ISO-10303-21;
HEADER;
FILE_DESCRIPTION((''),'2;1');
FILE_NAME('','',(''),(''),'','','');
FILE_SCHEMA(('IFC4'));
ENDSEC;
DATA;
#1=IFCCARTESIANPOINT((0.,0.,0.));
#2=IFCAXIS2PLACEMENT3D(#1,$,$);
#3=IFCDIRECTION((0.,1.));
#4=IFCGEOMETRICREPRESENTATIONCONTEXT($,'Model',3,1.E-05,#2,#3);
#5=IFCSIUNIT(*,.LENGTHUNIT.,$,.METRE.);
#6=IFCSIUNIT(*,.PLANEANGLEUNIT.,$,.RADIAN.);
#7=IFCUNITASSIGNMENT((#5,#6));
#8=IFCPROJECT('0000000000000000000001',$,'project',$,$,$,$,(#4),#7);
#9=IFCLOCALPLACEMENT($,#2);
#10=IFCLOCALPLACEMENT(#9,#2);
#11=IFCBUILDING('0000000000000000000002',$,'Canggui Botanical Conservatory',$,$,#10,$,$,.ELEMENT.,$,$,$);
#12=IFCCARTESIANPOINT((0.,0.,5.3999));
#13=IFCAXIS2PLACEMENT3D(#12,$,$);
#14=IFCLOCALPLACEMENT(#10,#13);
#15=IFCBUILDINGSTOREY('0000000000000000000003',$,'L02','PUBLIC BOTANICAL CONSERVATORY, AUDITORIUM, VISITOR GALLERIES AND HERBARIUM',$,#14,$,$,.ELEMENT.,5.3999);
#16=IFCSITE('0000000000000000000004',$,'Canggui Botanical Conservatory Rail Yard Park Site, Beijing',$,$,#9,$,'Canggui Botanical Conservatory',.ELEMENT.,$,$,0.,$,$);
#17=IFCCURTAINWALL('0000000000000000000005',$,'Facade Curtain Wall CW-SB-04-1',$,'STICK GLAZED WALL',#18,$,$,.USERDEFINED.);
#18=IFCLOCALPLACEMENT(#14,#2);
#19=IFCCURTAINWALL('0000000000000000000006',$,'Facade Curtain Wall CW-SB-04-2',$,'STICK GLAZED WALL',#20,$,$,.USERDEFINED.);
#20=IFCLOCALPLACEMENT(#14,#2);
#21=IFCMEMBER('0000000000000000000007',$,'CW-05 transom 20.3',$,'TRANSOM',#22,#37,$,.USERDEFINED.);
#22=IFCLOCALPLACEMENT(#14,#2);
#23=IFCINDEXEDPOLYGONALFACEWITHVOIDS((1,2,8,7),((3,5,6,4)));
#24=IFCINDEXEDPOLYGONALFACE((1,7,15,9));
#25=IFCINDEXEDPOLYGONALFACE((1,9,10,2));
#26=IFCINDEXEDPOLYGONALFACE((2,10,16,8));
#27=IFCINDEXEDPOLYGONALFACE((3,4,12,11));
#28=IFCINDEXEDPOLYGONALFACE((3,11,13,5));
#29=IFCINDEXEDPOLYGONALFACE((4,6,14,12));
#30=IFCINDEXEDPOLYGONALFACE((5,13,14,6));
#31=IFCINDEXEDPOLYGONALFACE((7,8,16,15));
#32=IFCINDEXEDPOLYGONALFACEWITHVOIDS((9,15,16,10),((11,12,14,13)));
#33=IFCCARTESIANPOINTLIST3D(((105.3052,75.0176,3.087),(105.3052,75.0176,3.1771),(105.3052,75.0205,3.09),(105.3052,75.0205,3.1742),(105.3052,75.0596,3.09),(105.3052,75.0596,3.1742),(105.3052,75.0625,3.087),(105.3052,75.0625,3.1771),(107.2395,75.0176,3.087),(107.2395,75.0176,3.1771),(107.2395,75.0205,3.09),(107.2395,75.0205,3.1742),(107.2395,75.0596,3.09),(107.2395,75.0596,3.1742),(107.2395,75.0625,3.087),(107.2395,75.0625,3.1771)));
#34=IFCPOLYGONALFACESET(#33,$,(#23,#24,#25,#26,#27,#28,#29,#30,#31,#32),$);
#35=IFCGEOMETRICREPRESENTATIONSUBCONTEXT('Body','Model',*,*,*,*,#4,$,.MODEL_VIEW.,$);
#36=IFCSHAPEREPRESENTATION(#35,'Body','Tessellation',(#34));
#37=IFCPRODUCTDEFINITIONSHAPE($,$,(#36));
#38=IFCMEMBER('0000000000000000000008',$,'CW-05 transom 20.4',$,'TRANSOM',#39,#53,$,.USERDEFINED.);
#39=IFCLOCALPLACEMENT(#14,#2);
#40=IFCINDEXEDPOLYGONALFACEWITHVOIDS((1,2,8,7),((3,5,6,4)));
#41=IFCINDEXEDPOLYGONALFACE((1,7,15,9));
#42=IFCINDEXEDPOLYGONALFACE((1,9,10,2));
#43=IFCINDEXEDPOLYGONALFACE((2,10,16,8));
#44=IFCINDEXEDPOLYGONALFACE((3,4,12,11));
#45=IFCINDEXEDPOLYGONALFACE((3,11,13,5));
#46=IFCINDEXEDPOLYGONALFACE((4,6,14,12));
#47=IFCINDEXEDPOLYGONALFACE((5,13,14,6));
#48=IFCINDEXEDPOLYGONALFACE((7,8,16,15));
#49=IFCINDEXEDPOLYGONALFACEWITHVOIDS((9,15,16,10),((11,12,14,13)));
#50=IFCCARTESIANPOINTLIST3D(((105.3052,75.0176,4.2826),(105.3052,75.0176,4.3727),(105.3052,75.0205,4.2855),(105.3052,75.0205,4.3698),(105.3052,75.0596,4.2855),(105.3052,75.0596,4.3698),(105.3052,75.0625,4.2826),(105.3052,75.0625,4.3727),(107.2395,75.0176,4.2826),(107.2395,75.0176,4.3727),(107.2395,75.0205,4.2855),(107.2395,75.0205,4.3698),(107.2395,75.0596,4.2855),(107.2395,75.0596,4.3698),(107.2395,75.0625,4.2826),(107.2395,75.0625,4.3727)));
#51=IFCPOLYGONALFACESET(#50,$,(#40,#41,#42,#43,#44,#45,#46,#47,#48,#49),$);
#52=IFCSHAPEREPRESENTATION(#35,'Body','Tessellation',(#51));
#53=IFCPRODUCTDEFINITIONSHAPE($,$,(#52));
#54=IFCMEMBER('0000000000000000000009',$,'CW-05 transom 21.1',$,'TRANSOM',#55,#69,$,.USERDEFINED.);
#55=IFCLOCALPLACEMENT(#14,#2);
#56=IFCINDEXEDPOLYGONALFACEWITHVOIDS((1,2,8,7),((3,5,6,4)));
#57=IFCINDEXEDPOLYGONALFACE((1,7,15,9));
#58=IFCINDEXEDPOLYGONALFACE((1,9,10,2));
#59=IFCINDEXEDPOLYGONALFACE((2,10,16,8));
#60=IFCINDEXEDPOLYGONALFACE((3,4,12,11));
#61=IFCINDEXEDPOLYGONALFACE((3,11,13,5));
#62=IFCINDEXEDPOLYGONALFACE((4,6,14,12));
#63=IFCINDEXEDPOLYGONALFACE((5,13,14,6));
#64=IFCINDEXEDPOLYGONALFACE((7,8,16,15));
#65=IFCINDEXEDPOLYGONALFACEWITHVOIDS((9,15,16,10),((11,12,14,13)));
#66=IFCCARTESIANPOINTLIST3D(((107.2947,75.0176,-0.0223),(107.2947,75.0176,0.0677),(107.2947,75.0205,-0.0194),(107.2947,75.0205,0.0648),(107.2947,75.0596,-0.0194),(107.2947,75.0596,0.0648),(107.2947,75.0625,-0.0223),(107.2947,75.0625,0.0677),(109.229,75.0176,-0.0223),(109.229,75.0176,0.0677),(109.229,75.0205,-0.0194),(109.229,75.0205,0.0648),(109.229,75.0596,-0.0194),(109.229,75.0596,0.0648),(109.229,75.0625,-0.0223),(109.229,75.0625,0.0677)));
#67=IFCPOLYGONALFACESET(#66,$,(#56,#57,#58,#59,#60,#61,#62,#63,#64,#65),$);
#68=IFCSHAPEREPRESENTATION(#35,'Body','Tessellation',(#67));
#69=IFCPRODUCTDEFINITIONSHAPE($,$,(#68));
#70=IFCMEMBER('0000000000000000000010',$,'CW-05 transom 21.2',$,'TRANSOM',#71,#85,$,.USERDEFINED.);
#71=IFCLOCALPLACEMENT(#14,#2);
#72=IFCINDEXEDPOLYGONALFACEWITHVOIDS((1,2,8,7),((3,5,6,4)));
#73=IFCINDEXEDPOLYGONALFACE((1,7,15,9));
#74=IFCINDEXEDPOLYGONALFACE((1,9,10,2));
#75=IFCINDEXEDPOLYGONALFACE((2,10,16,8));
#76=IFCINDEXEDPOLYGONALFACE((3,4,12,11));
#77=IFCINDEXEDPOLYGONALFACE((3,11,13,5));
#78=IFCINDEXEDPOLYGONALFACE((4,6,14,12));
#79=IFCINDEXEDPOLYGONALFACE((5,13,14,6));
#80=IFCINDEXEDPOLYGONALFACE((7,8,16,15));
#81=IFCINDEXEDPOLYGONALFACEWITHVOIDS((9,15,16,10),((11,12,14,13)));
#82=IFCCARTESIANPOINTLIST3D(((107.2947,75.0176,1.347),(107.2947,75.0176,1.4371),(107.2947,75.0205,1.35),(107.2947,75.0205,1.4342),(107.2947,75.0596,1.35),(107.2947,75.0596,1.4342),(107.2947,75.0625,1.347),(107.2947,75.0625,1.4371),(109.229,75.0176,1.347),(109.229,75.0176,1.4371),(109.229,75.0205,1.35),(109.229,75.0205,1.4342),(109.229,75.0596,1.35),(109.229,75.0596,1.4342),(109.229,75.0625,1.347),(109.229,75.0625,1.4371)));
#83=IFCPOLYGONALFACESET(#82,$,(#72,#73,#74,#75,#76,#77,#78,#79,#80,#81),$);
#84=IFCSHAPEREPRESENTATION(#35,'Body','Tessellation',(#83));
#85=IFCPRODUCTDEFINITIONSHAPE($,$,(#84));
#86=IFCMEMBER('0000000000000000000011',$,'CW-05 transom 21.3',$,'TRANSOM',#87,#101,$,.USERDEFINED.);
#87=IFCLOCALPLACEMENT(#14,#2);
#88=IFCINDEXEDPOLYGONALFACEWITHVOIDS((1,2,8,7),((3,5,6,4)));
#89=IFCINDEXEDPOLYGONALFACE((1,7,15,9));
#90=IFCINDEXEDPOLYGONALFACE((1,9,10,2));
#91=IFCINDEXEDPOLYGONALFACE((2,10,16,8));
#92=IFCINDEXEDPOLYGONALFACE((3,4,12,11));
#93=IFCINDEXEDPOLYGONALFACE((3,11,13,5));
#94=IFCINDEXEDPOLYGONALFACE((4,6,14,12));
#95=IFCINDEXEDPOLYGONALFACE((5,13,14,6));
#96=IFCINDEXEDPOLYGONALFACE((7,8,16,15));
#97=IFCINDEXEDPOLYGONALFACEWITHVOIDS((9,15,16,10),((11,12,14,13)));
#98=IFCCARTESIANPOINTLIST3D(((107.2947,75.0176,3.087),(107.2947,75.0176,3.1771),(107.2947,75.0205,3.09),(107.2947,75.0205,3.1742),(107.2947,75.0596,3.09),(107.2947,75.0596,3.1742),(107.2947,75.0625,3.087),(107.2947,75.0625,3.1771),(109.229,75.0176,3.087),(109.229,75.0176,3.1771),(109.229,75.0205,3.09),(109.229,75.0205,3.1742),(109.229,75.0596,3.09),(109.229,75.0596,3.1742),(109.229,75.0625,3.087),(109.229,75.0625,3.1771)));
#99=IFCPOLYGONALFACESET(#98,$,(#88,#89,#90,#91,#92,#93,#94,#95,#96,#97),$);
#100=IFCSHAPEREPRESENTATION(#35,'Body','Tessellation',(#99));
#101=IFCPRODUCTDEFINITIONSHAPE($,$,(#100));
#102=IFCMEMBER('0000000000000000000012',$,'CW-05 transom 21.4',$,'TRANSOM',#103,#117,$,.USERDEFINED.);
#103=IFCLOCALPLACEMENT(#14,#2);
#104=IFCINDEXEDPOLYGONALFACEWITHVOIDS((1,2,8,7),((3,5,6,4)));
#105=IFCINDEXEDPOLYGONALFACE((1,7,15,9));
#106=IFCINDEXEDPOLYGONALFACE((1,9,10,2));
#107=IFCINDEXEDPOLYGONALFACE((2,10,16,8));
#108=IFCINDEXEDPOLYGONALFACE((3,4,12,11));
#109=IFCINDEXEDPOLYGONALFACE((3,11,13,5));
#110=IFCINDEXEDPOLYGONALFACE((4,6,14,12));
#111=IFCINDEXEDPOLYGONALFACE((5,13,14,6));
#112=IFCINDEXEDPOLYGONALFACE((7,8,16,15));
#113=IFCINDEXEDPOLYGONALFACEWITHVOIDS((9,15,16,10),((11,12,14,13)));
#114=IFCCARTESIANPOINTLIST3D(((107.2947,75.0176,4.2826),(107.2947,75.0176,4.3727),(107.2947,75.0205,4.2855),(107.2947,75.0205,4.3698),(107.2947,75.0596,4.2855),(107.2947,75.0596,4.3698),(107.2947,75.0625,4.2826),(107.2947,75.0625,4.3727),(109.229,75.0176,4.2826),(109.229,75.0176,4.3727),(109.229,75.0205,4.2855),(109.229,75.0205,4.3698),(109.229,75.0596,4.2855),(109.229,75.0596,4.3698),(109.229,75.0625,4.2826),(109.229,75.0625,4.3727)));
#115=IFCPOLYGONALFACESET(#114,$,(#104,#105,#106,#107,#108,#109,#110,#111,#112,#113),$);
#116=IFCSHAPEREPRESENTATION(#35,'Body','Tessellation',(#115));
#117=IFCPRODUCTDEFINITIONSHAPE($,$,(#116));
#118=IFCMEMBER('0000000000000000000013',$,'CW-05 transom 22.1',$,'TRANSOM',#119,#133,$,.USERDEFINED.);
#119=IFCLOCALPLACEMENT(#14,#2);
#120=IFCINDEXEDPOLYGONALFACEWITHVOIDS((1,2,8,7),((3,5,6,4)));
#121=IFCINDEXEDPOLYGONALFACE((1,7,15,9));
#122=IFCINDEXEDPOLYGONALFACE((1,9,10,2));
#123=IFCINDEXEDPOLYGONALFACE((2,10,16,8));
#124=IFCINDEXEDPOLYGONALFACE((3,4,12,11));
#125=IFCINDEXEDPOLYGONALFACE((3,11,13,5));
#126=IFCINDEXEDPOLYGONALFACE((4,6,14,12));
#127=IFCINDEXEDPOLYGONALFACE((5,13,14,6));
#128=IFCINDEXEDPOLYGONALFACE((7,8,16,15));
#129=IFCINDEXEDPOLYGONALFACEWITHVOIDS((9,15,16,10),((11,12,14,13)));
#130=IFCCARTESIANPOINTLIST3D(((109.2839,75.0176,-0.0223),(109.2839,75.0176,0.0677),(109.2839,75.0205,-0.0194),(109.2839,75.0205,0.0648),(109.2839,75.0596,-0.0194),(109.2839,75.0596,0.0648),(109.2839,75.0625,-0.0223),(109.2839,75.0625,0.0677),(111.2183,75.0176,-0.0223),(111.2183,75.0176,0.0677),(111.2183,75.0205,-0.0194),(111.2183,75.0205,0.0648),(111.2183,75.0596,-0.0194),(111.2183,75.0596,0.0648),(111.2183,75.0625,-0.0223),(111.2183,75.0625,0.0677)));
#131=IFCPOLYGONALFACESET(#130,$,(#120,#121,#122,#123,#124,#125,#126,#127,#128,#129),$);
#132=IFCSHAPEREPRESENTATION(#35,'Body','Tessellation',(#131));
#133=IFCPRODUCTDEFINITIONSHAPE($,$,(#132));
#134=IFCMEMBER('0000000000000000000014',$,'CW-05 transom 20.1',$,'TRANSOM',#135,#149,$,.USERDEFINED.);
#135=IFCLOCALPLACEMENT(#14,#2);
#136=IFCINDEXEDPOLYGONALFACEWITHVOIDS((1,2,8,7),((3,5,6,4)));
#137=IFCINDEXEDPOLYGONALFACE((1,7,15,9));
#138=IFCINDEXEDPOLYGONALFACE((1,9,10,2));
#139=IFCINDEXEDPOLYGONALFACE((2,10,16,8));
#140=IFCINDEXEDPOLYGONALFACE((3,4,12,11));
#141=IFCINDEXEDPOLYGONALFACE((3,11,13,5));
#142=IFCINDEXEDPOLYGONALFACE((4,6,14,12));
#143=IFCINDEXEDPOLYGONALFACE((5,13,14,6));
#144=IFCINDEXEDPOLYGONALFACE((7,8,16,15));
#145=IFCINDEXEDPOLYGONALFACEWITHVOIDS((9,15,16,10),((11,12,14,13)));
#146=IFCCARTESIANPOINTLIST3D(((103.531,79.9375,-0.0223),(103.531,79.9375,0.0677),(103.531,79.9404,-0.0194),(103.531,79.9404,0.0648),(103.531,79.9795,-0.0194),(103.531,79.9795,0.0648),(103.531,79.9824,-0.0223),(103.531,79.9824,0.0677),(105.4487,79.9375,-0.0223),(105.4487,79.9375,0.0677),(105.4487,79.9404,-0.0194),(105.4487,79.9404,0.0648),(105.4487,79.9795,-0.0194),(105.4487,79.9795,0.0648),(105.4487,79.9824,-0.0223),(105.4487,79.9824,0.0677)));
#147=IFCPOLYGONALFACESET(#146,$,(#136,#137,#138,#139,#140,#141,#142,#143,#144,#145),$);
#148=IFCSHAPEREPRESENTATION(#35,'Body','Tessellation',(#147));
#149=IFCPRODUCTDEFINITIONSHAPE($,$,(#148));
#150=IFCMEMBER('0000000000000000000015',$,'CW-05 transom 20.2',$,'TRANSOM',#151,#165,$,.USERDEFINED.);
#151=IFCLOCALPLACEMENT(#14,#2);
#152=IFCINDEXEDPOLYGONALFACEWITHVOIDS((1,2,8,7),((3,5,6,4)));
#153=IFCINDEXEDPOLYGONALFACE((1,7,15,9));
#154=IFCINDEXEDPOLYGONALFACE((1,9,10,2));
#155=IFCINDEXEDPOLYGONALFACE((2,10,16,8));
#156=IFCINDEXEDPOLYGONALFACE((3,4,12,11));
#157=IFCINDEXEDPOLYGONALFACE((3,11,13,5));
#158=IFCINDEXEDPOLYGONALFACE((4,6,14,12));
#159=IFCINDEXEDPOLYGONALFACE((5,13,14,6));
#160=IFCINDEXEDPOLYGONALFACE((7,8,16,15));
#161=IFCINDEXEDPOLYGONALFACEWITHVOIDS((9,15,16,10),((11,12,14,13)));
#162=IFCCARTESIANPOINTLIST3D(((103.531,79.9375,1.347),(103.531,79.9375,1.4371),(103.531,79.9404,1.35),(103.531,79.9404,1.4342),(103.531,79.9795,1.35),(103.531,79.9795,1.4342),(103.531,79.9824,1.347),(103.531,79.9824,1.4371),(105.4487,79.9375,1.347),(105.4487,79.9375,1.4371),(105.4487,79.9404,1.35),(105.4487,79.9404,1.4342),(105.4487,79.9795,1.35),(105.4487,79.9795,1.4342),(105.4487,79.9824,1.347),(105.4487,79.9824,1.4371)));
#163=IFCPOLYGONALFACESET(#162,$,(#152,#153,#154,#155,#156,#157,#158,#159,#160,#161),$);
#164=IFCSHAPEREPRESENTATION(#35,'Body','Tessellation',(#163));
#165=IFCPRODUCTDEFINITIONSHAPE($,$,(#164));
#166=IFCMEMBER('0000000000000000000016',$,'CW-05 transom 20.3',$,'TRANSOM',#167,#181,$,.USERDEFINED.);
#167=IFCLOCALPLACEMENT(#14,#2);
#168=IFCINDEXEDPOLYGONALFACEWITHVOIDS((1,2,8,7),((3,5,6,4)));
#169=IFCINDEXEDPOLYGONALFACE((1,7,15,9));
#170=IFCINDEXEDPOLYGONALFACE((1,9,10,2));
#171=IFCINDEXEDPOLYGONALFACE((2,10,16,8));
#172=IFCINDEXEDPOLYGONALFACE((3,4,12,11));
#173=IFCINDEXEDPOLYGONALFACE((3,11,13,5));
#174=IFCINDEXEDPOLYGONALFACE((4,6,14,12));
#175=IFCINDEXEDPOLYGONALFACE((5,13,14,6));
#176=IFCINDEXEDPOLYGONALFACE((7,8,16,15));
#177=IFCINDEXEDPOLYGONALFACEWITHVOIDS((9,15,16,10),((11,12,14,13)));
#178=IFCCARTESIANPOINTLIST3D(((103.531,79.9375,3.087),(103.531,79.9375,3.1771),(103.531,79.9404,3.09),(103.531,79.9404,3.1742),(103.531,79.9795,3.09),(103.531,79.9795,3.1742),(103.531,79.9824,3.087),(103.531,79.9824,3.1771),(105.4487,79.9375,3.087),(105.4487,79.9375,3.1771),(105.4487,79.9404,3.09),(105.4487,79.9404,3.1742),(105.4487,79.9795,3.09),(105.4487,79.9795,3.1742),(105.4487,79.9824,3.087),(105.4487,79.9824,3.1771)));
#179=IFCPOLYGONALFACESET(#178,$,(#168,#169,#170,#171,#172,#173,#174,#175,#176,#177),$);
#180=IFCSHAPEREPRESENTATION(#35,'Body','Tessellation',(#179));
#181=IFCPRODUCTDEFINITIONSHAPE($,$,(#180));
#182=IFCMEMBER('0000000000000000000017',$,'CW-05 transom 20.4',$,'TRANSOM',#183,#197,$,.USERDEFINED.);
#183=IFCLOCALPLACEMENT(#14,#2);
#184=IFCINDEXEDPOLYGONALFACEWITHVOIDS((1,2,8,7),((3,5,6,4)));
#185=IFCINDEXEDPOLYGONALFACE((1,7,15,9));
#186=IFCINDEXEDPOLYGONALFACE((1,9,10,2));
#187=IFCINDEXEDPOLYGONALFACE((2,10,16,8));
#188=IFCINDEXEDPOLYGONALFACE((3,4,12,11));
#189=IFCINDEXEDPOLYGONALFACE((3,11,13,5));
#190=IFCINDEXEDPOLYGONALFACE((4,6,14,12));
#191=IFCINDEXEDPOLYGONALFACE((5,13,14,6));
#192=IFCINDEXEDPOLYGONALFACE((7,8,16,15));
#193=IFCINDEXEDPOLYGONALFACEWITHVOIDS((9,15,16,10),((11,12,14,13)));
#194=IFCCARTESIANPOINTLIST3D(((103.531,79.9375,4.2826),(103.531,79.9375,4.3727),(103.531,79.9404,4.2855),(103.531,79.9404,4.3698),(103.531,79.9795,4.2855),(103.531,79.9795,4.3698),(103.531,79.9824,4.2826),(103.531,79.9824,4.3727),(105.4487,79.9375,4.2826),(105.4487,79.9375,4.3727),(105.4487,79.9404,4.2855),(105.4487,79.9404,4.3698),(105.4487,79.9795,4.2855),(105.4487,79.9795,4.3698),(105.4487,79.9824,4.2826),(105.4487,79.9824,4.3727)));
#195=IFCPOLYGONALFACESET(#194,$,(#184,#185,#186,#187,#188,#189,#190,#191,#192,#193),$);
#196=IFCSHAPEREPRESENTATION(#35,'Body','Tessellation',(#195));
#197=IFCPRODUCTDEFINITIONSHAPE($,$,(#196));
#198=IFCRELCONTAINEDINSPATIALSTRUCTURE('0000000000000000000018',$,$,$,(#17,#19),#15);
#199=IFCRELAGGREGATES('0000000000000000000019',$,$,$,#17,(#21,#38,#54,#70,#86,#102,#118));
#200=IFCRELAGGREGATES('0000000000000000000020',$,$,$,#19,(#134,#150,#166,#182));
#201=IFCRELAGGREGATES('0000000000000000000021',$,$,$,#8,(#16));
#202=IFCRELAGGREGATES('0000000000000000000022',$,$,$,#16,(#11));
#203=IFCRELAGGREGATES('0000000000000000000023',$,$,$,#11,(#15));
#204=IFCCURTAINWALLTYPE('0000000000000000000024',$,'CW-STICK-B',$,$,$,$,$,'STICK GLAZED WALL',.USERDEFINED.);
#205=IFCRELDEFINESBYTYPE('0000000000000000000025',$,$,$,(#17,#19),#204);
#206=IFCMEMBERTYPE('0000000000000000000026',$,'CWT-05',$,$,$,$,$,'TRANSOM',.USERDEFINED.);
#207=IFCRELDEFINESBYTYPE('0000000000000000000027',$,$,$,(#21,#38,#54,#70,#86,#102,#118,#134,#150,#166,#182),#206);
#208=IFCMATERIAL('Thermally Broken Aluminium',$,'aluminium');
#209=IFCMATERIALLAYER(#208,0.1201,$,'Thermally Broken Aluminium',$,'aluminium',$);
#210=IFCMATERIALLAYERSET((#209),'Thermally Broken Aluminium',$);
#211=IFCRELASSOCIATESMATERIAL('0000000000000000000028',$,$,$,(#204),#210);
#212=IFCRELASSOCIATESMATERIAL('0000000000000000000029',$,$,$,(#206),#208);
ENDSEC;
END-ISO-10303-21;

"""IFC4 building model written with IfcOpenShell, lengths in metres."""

from ifc_helpers import new_model, si_unit, direction, frame, origin, origin_2d, place, context, subcontext, project, spatial, hollow_rectangle, extrude, material, layer, layer_set, material_profile, profile_set, type_object, element, aggregate, save


model = new_model("IFC4")

# Units and contexts
model_context = context("Model", 3, precision=1e-05, world=origin(), true_north=direction((0.0, 1.0)))
body_context = subcontext(model_context, "Body", "Model", "MODEL_VIEW")
ifc_project = project(units=[si_unit("LENGTHUNIT", "METRE"), si_unit("PLANEANGLEUNIT", "RADIAN")], contexts=[model_context])

# Site, building, storey
site_placement = place(None, origin())
site = spatial("IfcSite", under=ifc_project, at=site_placement, Name="Canggui Botanical Conservatory Rail Yard Park Site, Beijing", LongName="Canggui Botanical Conservatory", CompositionType="ELEMENT", RefElevation=0.0)
building_placement = place(site_placement, origin())
building = spatial("IfcBuilding", under=site, at=building_placement, Name="Canggui Botanical Conservatory", CompositionType="ELEMENT")
storey_placement = place(building_placement, frame((0.0, 0.0, 5.3999)))
storey = spatial("IfcBuildingStorey", under=building, at=storey_placement, Name="L02", Description="PUBLIC BOTANICAL CONSERVATORY, AUDITORIUM, VISITOR GALLERIES AND HERBARIUM", CompositionType="ELEMENT", Elevation=5.3999)

# Curtain wall
ifc_material_1 = material(Name="Thermally Broken Aluminium", Category="aluminium")
ifc_layer_1 = layer(ifc_material_1, 0.1201, Name="Thermally Broken Aluminium", Category="aluminium")
ifc_layer_set_1 = layer_set([ifc_layer_1], Name="Thermally Broken Aluminium")
curtain_wall_type = type_object("IfcCurtainWallType", Name="CW-STICK-B", ElementType="STICK GLAZED WALL", PredefinedType="USERDEFINED", material=ifc_layer_set_1)
curtain_wall_1_placement = place(storey_placement, origin())
curtain_wall_1 = element("IfcCurtainWall", 1, at=curtain_wall_1_placement, inside=storey, type_object=curtain_wall_type, Name="Facade Curtain Wall CW-SB-04-1", ObjectType="STICK GLAZED WALL", PredefinedType="USERDEFINED")

# Curtain wall
curtain_wall_2_placement = place(storey_placement, origin())
curtain_wall_2 = element("IfcCurtainWall", 2, at=curtain_wall_2_placement, inside=storey, type_object=curtain_wall_type, Name="Facade Curtain Wall CW-SB-04-2", ObjectType="STICK GLAZED WALL", PredefinedType="USERDEFINED")

# Members
ifc_material_profile_1 = material_profile(ifc_material_1, hollow_rectangle(XDim=0.0449, YDim=0.0901, WallThickness=0.0029, at=origin_2d()), Name="CWT 45x90x3")
ifc_profile_set_1 = profile_set([ifc_material_profile_1], Name="Thermally Broken Aluminium")
member_type_1 = type_object("IfcMemberType", Name="CWT-05", ElementType="TRANSOM", PredefinedType="USERDEFINED", material=ifc_profile_set_1)
member_1_placement = place(storey_placement, frame((105.3052, 75.04, 3.1321), z_axis=(1.0, 0.0, 0.0), x_axis=(0.0, 1.0, 0.0)))
member_1 = element("IfcMember", 3, at=member_1_placement, type_object=member_type_1, Name="CW-05 transom 20.3", ObjectType="TRANSOM", PredefinedType="USERDEFINED", context=body_context, shape_type="SweptSolid", body=[
    extrude(hollow_rectangle(XDim=0.0449, YDim=0.0901, WallThickness=0.0029, at=origin_2d()), origin(), (0.0, 0.0, 1.0), 1.9343),
])
member_2_placement = place(storey_placement, frame((105.3052, 75.04, 4.3276), z_axis=(1.0, 0.0, 0.0), x_axis=(0.0, 1.0, 0.0)))
member_2 = element("IfcMember", 4, at=member_2_placement, type_object=member_type_1, Name="CW-05 transom 20.4", ObjectType="TRANSOM", PredefinedType="USERDEFINED", context=body_context, shape_type="SweptSolid", body=[
    extrude(hollow_rectangle(XDim=0.0449, YDim=0.0901, WallThickness=0.0029, at=origin_2d()), origin(), (0.0, 0.0, 1.0), 1.9343),
])
member_3_placement = place(storey_placement, frame((107.2947, 75.04, 0.0227), z_axis=(1.0, 0.0, 0.0), x_axis=(0.0, 1.0, 0.0)))
member_3 = element("IfcMember", 5, at=member_3_placement, type_object=member_type_1, Name="CW-05 transom 21.1", ObjectType="TRANSOM", PredefinedType="USERDEFINED", context=body_context, shape_type="SweptSolid", body=[
    extrude(hollow_rectangle(XDim=0.0449, YDim=0.0901, WallThickness=0.0029, at=origin_2d()), origin(), (0.0, 0.0, 1.0), 1.9343),
])
member_4_placement = place(storey_placement, frame((107.2947, 75.04, 1.3921), z_axis=(1.0, 0.0, 0.0), x_axis=(0.0, 1.0, 0.0)))
member_4 = element("IfcMember", 6, at=member_4_placement, type_object=member_type_1, Name="CW-05 transom 21.2", ObjectType="TRANSOM", PredefinedType="USERDEFINED", context=body_context, shape_type="SweptSolid", body=[
    extrude(hollow_rectangle(XDim=0.0449, YDim=0.0901, WallThickness=0.0029, at=origin_2d()), origin(), (0.0, 0.0, 1.0), 1.9343),
])
member_5_placement = place(storey_placement, frame((107.2947, 75.04, 3.1321), z_axis=(1.0, 0.0, 0.0), x_axis=(0.0, 1.0, 0.0)))
member_5 = element("IfcMember", 7, at=member_5_placement, type_object=member_type_1, Name="CW-05 transom 21.3", ObjectType="TRANSOM", PredefinedType="USERDEFINED", context=body_context, shape_type="SweptSolid", body=[
    extrude(hollow_rectangle(XDim=0.0449, YDim=0.0901, WallThickness=0.0029, at=origin_2d()), origin(), (0.0, 0.0, 1.0), 1.9343),
])
member_6_placement = place(storey_placement, frame((107.2947, 75.04, 4.3276), z_axis=(1.0, 0.0, 0.0), x_axis=(0.0, 1.0, 0.0)))
member_6 = element("IfcMember", 8, at=member_6_placement, type_object=member_type_1, Name="CW-05 transom 21.4", ObjectType="TRANSOM", PredefinedType="USERDEFINED", context=body_context, shape_type="SweptSolid", body=[
    extrude(hollow_rectangle(XDim=0.0449, YDim=0.0901, WallThickness=0.0029, at=origin_2d()), origin(), (0.0, 0.0, 1.0), 1.9343),
])
member_7_placement = place(storey_placement, frame((109.2839, 75.04, 0.0227), z_axis=(1.0, 0.0, 0.0), x_axis=(0.0, 1.0, 0.0)))
member_7 = element("IfcMember", 9, at=member_7_placement, type_object=member_type_1, Name="CW-05 transom 22.1", ObjectType="TRANSOM", PredefinedType="USERDEFINED", context=body_context, shape_type="SweptSolid", body=[
    extrude(hollow_rectangle(XDim=0.0449, YDim=0.0901, WallThickness=0.0029, at=origin_2d()), origin(), (0.0, 0.0, 1.0), 1.9343),
])
member_8_placement = place(storey_placement, frame((103.531, 79.96, 0.0227), z_axis=(1.0, 0.0, 0.0), x_axis=(0.0, 1.0, 0.0)))
member_8 = element("IfcMember", 10, at=member_8_placement, type_object=member_type_1, Name="CW-05 transom 20.1", ObjectType="TRANSOM", PredefinedType="USERDEFINED", context=body_context, shape_type="SweptSolid", body=[
    extrude(hollow_rectangle(XDim=0.0449, YDim=0.0901, WallThickness=0.0029, at=origin_2d()), origin(), (0.0, 0.0, 1.0), 1.9177),
])
member_9_placement = place(storey_placement, frame((103.531, 79.96, 1.3921), z_axis=(1.0, 0.0, 0.0), x_axis=(0.0, 1.0, 0.0)))
member_9 = element("IfcMember", 11, at=member_9_placement, type_object=member_type_1, Name="CW-05 transom 20.2", ObjectType="TRANSOM", PredefinedType="USERDEFINED", context=body_context, shape_type="SweptSolid", body=[
    extrude(hollow_rectangle(XDim=0.0449, YDim=0.0901, WallThickness=0.0029, at=origin_2d()), origin(), (0.0, 0.0, 1.0), 1.9177),
])
member_10_placement = place(storey_placement, frame((103.531, 79.96, 3.1321), z_axis=(1.0, 0.0, 0.0), x_axis=(0.0, 1.0, 0.0)))
member_10 = element("IfcMember", 12, at=member_10_placement, type_object=member_type_1, Name="CW-05 transom 20.3", ObjectType="TRANSOM", PredefinedType="USERDEFINED", context=body_context, shape_type="SweptSolid", body=[
    extrude(hollow_rectangle(XDim=0.0449, YDim=0.0901, WallThickness=0.0029, at=origin_2d()), origin(), (0.0, 0.0, 1.0), 1.9177),
])
member_11_placement = place(storey_placement, frame((103.531, 79.96, 4.3276), z_axis=(1.0, 0.0, 0.0), x_axis=(0.0, 1.0, 0.0)))
member_11 = element("IfcMember", 13, at=member_11_placement, type_object=member_type_1, Name="CW-05 transom 20.4", ObjectType="TRANSOM", PredefinedType="USERDEFINED", context=body_context, shape_type="SweptSolid", body=[
    extrude(hollow_rectangle(XDim=0.0449, YDim=0.0901, WallThickness=0.0029, at=origin_2d()), origin(), (0.0, 0.0, 1.0), 1.9177),
])

aggregate(curtain_wall_1, [member_1, member_2, member_3, member_4, member_5, member_6, member_7])
aggregate(curtain_wall_2, [member_8, member_9, member_10, member_11])

save(model, "model.ifc")
